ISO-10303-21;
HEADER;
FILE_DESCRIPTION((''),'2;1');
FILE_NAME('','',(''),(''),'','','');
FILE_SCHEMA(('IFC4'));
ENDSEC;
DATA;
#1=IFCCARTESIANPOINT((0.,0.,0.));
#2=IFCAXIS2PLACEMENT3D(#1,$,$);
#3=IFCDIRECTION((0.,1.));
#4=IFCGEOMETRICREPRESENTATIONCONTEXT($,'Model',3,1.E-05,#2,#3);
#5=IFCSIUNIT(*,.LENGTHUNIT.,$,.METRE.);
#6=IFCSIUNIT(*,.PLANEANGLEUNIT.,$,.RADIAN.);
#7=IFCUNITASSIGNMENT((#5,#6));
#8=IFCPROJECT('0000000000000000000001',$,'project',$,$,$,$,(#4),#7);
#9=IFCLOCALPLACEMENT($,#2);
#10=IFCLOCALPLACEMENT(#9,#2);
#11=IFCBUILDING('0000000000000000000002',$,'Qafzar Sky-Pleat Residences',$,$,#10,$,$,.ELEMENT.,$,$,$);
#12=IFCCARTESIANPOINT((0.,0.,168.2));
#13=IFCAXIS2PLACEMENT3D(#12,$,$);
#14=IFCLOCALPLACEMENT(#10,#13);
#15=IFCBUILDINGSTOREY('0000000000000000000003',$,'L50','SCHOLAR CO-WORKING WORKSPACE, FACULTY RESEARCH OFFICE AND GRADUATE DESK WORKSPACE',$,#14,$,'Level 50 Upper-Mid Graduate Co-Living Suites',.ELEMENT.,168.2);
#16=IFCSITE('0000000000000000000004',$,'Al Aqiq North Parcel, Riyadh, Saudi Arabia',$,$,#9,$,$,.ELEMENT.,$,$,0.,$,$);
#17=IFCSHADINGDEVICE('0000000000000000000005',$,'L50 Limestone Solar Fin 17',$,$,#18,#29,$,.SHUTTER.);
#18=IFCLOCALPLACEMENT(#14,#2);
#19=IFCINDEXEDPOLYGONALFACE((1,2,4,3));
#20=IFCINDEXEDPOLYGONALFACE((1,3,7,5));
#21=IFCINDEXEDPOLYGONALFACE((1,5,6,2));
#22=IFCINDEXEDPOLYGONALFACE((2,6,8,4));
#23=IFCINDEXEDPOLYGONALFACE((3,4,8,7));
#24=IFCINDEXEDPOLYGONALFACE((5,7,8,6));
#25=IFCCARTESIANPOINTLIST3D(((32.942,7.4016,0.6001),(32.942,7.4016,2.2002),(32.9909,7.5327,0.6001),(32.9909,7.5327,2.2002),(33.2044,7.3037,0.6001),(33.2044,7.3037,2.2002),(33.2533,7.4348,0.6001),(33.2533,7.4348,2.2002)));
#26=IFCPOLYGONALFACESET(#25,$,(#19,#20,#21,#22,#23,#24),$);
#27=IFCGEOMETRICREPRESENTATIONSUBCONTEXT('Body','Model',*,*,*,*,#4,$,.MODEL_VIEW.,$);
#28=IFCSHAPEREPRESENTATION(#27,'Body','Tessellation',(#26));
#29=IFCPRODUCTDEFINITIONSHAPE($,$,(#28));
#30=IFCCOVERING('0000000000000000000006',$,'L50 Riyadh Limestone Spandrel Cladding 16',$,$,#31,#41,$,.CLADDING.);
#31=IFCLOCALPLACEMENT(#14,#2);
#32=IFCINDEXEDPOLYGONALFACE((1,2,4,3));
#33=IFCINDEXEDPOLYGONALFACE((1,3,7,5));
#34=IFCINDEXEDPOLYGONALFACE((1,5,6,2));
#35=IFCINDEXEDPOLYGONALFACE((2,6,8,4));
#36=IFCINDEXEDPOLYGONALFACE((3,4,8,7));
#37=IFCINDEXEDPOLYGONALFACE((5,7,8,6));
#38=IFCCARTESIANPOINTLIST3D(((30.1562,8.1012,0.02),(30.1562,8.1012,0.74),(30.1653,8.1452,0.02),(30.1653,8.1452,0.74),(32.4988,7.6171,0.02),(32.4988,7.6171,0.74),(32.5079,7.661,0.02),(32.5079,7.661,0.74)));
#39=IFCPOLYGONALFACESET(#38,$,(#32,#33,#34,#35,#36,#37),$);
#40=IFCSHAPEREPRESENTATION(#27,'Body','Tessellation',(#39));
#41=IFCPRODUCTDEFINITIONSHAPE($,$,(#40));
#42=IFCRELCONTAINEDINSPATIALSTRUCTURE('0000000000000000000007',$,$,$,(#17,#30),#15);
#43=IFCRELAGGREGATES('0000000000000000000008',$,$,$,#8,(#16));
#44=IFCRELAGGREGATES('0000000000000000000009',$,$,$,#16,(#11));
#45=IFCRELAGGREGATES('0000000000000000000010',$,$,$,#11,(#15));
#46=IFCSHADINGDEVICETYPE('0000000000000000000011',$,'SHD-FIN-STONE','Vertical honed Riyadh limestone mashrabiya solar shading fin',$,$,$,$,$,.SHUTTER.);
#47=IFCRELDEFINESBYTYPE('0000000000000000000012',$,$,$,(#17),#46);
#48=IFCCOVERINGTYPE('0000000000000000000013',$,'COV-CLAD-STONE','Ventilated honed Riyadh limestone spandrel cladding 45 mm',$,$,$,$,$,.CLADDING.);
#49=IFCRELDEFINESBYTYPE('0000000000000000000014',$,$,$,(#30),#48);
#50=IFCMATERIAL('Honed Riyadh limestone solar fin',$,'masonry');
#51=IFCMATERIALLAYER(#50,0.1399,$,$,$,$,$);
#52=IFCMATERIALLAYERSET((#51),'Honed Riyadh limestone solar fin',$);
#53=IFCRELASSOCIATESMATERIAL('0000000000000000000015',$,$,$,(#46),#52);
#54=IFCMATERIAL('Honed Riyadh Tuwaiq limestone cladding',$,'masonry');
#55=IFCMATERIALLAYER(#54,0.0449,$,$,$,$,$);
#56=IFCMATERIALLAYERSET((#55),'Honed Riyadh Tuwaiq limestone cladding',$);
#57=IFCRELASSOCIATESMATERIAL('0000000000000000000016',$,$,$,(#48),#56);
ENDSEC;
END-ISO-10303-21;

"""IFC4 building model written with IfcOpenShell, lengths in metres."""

from ifc_helpers import new_model, si_unit, direction, frame, origin, origin_2d, place, context, subcontext, project, spatial, rectangle, extrude, source, transform, mapped, material, layer, layer_set, type_object, element, save


model = new_model("IFC4")

# Units and contexts
model_context = context("Model", 3, precision=1e-05, world=origin(), true_north=direction((0.0, 1.0)))
body_context = subcontext(model_context, "Body", "Model", "MODEL_VIEW")
ifc_project = project(units=[si_unit("LENGTHUNIT", "METRE"), si_unit("PLANEANGLEUNIT", "RADIAN")], contexts=[model_context])

# Site, building, storey
site_placement = place(None, origin())
site = spatial("IfcSite", under=ifc_project, at=site_placement, Name="Al Aqiq North Parcel, Riyadh, Saudi Arabia", CompositionType="ELEMENT", RefElevation=0.0)
building_placement = place(site_placement, origin())
building = spatial("IfcBuilding", under=site, at=building_placement, Name="Qafzar Sky-Pleat Residences", CompositionType="ELEMENT")
storey_placement = place(building_placement, frame((0.0, 0.0, 168.2)))
storey = spatial("IfcBuildingStorey", under=building, at=storey_placement, Name="L50", Description="SCHOLAR CO-WORKING WORKSPACE, FACULTY RESEARCH OFFICE AND GRADUATE DESK WORKSPACE", LongName="Level 50 Upper-Mid Graduate Co-Living Suites", CompositionType="ELEMENT", Elevation=168.2)

# Shading device
ifc_material_1 = material(Name="Honed Riyadh limestone solar fin", Category="masonry")
ifc_layer_1 = layer(ifc_material_1, 0.1399)
ifc_layer_set_1 = layer_set([ifc_layer_1], Name="Honed Riyadh limestone solar fin")
shading_device_type = type_object("IfcShadingDeviceType", Name="SHD-FIN-STONE", Description="Vertical honed Riyadh limestone mashrabiya solar shading fin", PredefinedType="SHUTTER", material=ifc_layer_set_1)
shared_shape_1 = source(origin(), body_context, "Body", "SweptSolid", [
    extrude(rectangle(XDim=0.1399, YDim=0.28, at=origin_2d()), origin(), (0.0, 0.0, 1.0), 1.6001),
])
shading_device_placement = place(storey_placement, frame((33.0977, 7.4182, 0.6001), z_axis=(0.0, 0.0, 1.0), x_axis=(-0.349592, -0.936902, 0.0)))
element("IfcShadingDevice", 1, at=shading_device_placement, inside=storey, type_object=shading_device_type, Name="L50 Limestone Solar Fin 17", PredefinedType="SHUTTER", context=body_context, shape_type="MappedRepresentation", body=[
    mapped(shared_shape_1, transform((0.0, 0.0, 0.0), x_axis=(1.0, 0.0, 0.0), y_axis=(0.0, 1.0, 0.0), z_axis=(0.0, 0.0, 1.0), scale=1.0)),
])

# Covering
ifc_material_2 = material(Name="Honed Riyadh Tuwaiq limestone cladding", Category="masonry")
ifc_layer_2 = layer(ifc_material_2, 0.0449)
ifc_layer_set_2 = layer_set([ifc_layer_2], Name="Honed Riyadh Tuwaiq limestone cladding")
covering_type = type_object("IfcCoveringType", Name="COV-CLAD-STONE", Description="Ventilated honed Riyadh limestone spandrel cladding 45 mm", PredefinedType="CLADDING", material=ifc_layer_set_2)
shared_shape_2 = source(origin(), body_context, "Body", "SweptSolid", [
    extrude(rectangle(XDim=2.3921, YDim=0.0449, at=origin_2d()), origin(), (0.0, 0.0, 1.0), 0.72),
])
covering_placement = place(storey_placement, frame((31.332, 7.8811, 0.02), z_axis=(0.0, 0.0, 1.0), x_axis=(0.979307, -0.202378, 0.0)))
element("IfcCovering", 2, at=covering_placement, inside=storey, type_object=covering_type, Name="L50 Riyadh Limestone Spandrel Cladding 16", PredefinedType="CLADDING", context=body_context, shape_type="MappedRepresentation", body=[
    mapped(shared_shape_2, transform((0.0, 0.0, 0.0), x_axis=(1.0, 0.0, 0.0), y_axis=(0.0, 1.0, 0.0), z_axis=(0.0, 0.0, 1.0), scale=1.0)),
])

save(model, "model.ifc")
